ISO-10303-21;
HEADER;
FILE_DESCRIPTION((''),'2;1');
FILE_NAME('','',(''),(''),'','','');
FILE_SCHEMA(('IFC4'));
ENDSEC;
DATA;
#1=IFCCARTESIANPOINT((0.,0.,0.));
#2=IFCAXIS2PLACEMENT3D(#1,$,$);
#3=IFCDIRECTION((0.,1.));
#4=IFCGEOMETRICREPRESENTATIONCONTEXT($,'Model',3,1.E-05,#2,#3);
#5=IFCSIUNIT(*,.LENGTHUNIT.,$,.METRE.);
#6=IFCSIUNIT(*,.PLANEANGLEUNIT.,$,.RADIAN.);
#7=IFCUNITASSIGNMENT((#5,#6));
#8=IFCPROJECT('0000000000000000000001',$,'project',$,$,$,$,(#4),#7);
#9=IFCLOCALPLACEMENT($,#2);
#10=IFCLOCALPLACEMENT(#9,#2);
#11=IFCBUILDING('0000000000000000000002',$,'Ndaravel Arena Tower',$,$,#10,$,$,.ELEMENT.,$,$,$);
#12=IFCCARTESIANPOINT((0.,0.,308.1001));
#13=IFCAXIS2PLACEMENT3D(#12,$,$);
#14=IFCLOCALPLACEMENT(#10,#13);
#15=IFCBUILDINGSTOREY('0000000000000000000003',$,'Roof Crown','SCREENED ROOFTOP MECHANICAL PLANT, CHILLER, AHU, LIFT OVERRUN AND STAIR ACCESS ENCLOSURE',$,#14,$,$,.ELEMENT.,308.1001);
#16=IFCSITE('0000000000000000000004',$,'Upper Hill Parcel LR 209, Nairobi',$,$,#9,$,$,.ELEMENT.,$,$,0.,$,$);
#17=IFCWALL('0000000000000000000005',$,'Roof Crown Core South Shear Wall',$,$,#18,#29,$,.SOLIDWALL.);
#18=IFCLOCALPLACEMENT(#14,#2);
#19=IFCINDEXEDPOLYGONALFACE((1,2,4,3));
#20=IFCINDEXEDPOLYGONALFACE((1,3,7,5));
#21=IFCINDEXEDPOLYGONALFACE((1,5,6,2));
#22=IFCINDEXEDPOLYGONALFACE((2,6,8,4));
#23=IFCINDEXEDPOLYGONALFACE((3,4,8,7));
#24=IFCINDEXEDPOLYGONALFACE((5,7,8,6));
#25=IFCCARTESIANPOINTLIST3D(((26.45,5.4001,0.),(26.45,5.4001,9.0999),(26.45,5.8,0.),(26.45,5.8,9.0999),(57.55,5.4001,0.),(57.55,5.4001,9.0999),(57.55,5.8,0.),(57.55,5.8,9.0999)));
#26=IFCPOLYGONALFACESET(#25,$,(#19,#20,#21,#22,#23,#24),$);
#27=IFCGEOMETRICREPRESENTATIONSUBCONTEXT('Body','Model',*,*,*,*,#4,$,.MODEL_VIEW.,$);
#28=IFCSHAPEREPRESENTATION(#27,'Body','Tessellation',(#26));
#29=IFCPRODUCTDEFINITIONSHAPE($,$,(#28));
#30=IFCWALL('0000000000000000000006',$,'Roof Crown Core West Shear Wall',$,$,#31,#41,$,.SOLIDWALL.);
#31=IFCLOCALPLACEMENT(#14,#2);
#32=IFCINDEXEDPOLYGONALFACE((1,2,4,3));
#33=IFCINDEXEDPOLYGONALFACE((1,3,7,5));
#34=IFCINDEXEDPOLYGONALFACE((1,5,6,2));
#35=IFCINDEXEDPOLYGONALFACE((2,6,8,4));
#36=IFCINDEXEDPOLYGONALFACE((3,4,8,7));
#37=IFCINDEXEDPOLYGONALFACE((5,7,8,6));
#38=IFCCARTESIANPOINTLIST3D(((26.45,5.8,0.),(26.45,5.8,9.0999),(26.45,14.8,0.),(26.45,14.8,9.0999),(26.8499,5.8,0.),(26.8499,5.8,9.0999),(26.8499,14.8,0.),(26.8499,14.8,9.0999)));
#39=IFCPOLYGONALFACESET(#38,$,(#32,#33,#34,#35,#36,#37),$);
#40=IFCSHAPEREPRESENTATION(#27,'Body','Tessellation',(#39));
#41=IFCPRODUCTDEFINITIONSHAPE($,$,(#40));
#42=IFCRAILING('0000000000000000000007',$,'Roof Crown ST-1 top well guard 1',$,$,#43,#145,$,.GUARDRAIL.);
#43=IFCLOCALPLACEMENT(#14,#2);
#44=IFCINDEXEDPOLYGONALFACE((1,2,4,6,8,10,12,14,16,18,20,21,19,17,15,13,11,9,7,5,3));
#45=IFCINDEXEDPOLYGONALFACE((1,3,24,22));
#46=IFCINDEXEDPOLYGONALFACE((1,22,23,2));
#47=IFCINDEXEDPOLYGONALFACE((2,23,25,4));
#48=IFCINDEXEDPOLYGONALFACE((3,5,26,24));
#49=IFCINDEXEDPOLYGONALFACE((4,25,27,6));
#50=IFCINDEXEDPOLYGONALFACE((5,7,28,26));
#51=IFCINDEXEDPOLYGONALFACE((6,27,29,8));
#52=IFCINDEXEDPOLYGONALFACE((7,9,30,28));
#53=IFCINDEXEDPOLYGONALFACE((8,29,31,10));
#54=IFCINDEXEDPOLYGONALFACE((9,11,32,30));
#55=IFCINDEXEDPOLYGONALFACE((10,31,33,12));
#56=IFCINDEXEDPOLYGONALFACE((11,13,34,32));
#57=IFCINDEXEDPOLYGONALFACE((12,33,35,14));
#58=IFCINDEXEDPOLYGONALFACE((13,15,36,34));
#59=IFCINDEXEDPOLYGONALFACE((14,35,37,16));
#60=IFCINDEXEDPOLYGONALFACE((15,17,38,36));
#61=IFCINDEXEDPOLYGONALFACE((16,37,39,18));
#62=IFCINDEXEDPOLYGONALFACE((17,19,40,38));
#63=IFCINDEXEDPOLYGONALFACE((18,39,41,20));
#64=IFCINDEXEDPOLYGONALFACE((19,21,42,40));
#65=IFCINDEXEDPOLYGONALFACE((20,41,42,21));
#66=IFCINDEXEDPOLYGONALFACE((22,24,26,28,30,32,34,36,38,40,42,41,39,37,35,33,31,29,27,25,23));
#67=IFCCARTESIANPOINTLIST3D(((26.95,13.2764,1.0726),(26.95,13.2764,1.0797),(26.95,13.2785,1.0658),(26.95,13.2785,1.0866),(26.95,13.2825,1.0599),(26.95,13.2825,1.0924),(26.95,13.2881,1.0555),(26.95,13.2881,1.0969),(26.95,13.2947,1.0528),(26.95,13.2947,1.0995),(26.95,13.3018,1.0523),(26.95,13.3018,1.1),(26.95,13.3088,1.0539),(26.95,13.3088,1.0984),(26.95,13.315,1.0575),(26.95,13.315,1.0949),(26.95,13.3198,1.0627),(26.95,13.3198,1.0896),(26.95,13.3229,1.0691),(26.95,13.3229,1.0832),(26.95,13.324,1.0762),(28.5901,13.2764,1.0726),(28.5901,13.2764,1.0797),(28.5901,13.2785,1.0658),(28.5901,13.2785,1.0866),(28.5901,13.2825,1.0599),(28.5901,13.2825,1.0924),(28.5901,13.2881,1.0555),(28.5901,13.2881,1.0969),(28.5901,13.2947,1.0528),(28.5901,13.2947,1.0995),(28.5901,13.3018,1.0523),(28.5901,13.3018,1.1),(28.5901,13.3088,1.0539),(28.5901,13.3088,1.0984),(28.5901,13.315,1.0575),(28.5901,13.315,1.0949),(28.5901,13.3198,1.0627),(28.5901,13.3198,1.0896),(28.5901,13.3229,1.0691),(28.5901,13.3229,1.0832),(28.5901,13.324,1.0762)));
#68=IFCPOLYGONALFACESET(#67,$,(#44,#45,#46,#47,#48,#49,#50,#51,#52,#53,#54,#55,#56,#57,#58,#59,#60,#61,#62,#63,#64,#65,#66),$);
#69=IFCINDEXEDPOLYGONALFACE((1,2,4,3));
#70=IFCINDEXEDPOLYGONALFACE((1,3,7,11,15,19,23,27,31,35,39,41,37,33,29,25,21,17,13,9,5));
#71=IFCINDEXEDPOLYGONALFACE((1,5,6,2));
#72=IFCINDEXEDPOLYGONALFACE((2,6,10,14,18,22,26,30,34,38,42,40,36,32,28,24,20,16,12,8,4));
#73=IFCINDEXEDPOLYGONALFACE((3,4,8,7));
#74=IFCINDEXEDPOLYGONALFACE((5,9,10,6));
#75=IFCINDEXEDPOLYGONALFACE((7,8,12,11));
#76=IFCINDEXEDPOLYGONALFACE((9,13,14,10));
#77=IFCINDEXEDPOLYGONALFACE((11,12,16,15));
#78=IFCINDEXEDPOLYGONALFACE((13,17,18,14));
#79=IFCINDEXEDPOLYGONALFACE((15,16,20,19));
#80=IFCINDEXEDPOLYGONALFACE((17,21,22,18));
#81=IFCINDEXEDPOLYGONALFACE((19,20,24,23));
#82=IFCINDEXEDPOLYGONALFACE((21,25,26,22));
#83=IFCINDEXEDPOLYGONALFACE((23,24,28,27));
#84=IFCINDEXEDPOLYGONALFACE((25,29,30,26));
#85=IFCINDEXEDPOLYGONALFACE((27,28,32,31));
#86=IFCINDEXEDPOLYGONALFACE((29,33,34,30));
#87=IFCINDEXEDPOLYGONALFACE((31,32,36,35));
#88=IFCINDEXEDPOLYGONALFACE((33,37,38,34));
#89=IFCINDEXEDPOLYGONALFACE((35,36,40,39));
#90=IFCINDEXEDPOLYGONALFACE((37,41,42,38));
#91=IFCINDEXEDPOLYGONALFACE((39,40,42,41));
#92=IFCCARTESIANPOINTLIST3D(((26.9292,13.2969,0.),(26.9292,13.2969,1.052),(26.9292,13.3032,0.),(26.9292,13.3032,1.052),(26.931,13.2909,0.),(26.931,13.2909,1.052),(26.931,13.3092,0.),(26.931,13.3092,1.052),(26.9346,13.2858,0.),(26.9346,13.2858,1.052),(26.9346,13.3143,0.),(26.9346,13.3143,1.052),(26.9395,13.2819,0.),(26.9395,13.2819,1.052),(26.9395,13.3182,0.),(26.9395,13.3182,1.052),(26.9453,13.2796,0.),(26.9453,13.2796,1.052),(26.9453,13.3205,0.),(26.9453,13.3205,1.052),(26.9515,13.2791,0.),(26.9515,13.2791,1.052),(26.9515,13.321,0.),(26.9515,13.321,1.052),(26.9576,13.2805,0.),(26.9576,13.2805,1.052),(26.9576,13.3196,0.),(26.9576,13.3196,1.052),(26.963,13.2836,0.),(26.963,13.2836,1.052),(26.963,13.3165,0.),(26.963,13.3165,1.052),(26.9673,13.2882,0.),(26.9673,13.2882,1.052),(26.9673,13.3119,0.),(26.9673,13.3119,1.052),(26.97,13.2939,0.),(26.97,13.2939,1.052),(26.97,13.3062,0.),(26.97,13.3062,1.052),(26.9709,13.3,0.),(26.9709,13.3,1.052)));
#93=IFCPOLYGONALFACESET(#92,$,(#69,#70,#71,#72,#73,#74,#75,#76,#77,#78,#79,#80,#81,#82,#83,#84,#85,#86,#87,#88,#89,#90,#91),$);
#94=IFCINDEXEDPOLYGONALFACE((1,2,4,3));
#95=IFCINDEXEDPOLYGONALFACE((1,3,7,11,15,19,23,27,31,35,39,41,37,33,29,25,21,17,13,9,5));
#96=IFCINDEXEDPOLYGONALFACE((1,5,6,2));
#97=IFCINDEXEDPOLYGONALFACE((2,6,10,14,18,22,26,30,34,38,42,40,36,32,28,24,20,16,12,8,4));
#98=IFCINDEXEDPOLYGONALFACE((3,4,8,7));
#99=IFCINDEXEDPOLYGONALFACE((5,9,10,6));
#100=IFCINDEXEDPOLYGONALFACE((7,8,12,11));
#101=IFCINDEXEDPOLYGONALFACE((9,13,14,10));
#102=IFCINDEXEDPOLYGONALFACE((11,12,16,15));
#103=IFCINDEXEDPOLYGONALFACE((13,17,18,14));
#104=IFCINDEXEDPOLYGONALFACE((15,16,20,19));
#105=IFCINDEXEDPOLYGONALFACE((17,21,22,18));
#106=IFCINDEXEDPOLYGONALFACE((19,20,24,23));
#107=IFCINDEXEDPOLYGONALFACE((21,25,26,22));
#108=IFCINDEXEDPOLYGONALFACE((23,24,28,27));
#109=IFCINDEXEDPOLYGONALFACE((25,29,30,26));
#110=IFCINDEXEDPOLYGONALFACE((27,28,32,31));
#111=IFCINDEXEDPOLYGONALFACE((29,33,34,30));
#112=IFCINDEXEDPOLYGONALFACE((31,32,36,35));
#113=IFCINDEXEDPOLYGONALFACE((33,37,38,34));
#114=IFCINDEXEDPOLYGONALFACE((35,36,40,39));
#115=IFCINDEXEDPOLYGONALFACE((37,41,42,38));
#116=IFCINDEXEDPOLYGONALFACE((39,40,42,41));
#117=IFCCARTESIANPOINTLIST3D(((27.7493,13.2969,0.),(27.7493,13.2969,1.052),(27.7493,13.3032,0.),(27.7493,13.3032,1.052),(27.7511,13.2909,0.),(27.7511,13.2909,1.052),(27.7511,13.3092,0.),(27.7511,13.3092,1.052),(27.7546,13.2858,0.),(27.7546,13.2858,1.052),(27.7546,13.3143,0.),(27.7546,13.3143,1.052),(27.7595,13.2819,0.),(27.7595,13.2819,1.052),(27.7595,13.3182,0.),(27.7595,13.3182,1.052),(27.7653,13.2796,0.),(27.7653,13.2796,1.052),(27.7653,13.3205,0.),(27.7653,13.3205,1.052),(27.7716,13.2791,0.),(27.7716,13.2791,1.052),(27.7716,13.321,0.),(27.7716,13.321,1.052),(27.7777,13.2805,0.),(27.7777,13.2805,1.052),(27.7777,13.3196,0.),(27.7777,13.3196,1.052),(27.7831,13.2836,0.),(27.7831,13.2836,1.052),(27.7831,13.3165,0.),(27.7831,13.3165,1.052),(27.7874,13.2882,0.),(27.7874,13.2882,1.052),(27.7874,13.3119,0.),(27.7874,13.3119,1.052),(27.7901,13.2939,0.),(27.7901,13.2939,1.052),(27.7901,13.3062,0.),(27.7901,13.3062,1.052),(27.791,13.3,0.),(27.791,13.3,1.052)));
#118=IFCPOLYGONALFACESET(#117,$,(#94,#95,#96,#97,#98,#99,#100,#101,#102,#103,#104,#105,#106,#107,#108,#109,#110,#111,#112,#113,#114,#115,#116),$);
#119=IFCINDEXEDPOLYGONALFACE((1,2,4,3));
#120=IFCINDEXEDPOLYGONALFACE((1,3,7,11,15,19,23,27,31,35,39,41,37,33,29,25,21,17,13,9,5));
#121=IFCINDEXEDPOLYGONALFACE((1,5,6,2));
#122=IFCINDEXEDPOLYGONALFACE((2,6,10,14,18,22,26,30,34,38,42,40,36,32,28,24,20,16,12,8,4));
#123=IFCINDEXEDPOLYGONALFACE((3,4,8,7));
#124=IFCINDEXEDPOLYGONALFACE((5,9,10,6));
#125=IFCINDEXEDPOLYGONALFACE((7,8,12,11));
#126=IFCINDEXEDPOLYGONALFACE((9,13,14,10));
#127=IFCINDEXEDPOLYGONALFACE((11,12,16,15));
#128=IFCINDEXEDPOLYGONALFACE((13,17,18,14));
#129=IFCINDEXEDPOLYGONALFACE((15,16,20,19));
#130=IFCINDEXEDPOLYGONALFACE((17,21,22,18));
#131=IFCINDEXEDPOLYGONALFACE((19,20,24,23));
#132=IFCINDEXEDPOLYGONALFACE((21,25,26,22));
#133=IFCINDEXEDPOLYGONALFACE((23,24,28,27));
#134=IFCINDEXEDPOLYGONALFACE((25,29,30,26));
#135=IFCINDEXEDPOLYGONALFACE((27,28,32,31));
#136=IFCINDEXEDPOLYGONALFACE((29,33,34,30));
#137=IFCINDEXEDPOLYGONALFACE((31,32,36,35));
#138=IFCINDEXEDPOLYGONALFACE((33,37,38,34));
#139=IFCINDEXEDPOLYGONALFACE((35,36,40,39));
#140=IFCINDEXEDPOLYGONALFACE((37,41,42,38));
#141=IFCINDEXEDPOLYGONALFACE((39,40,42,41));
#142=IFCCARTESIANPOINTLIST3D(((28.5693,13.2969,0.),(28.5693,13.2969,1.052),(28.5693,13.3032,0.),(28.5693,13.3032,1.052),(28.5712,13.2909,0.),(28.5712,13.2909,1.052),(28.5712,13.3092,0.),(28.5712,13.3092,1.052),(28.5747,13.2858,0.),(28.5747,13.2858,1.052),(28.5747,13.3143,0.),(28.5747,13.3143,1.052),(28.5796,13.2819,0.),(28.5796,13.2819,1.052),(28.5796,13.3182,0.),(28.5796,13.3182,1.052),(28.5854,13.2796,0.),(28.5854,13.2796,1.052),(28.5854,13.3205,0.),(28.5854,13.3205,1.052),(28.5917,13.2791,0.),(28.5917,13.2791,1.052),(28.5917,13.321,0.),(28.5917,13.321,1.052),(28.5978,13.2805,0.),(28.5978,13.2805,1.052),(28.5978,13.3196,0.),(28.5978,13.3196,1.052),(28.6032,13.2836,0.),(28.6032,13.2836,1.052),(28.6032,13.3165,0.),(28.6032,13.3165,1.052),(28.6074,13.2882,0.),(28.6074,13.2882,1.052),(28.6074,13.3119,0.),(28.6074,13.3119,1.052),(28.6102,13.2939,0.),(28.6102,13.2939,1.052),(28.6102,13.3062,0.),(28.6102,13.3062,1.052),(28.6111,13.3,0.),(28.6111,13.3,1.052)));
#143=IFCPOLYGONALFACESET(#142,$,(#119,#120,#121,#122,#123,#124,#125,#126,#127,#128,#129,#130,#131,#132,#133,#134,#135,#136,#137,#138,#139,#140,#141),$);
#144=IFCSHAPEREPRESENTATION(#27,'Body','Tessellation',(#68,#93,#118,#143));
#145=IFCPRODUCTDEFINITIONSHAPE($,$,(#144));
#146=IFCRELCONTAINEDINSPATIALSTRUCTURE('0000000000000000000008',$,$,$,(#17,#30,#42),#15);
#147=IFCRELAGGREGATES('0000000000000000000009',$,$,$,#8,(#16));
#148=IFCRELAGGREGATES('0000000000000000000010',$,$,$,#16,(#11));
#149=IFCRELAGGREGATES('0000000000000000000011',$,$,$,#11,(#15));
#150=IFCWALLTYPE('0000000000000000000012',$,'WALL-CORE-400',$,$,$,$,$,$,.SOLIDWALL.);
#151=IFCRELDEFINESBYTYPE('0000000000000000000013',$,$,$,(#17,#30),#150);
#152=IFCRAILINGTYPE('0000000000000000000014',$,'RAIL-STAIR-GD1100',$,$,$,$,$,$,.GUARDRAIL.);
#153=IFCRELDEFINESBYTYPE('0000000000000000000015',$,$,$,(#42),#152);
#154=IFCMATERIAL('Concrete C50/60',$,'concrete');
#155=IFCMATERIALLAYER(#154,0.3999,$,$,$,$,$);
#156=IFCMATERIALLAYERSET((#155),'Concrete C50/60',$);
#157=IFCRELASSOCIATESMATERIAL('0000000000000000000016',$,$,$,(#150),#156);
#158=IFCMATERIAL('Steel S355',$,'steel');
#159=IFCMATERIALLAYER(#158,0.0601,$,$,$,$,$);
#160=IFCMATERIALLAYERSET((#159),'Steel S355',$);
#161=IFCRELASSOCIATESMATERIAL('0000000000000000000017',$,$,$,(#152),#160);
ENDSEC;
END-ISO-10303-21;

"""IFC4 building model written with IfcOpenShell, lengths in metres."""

from ifc_helpers import new_model, si_unit, direction, frame, frame_2d, origin, origin_2d, place, context, subcontext, project, spatial, rectangle, circle, extrude, material, layer, layer_set, type_object, element, save


model = new_model("IFC4")

# Units and contexts
model_context = context("Model", 3, precision=1e-05, world=origin(), true_north=direction((0.0, 1.0)))
body_context = subcontext(model_context, "Body", "Model", "MODEL_VIEW")
ifc_project = project(units=[si_unit("LENGTHUNIT", "METRE"), si_unit("PLANEANGLEUNIT", "RADIAN")], contexts=[model_context])

# Site, building, storey
site_placement = place(None, origin())
site = spatial("IfcSite", under=ifc_project, at=site_placement, Name="Upper Hill Parcel LR 209, Nairobi", CompositionType="ELEMENT", RefElevation=0.0)
building_placement = place(site_placement, origin())
building = spatial("IfcBuilding", under=site, at=building_placement, Name="Ndaravel Arena Tower", CompositionType="ELEMENT")
storey_placement = place(building_placement, frame((0.0, 0.0, 308.1001)))
storey = spatial("IfcBuildingStorey", under=building, at=storey_placement, Name="Roof Crown", Description="SCREENED ROOFTOP MECHANICAL PLANT, CHILLER, AHU, LIFT OVERRUN AND STAIR ACCESS ENCLOSURE", CompositionType="ELEMENT", Elevation=308.1001)

# Shared definitions
ifc_material_1 = material(Name="Concrete C50/60", Category="concrete")
ifc_layer_1 = layer(ifc_material_1, 0.3999)
ifc_layer_set_1 = layer_set([ifc_layer_1], Name="Concrete C50/60")
wall_type_1 = type_object("IfcWallType", Name="WALL-CORE-400", PredefinedType="SOLIDWALL", material=ifc_layer_set_1)

# Walls
wall_1_placement = place(storey_placement, frame((26.45, 5.6001, 0.0), z_axis=(0.0, 0.0, 1.0), x_axis=(1.0, 0.0, 0.0)))
element("IfcWall", 1, at=wall_1_placement, inside=storey, type_object=wall_type_1, Name="Roof Crown Core South Shear Wall", PredefinedType="SOLIDWALL", context=body_context, shape_type="SweptSolid", body=[
    extrude(rectangle(XDim=31.1001, YDim=0.3999, at=frame_2d((15.55, 0.0))), origin(), (0.0, 0.0, 1.0), 9.0999),
])
wall_2_placement = place(storey_placement, frame((26.6499, 5.8, 0.0), z_axis=(0.0, 0.0, 1.0), x_axis=(0.0, 1.0, 0.0)))
element("IfcWall", 2, at=wall_2_placement, inside=storey, type_object=wall_type_1, Name="Roof Crown Core West Shear Wall", PredefinedType="SOLIDWALL", context=body_context, shape_type="SweptSolid", body=[
    extrude(rectangle(XDim=9.0, YDim=0.3999, at=frame_2d((4.5, 0.0))), origin(), (0.0, 0.0, 1.0), 9.0999),
])

# Railing
ifc_material_2 = material(Name="Steel S355", Category="steel")
ifc_layer_2 = layer(ifc_material_2, 0.0601)
ifc_layer_set_2 = layer_set([ifc_layer_2], Name="Steel S355")
railing_type = type_object("IfcRailingType", Name="RAIL-STAIR-GD1100", PredefinedType="GUARDRAIL", material=ifc_layer_set_2)
railing_1_placement = place(storey_placement, frame((26.95, 13.3, 0.0)))
element("IfcRailing", 3, at=railing_1_placement, inside=storey, type_object=railing_type, Name="Roof Crown ST-1 top well guard 1", PredefinedType="GUARDRAIL", context=body_context, shape_type="SweptSolid", body=[
    extrude(circle(Radius=0.0239, at=origin_2d()), frame((0.0, 0.0, 1.0762), z_axis=(1.0, 0.0, 0.0), x_axis=(0.0, 1.0, 0.0)), (0.0, 0.0, 1.0), 1.6401),
    extrude(circle(Radius=0.021, at=origin_2d()), origin(), (0.0, 0.0, 1.0), 1.052),
    extrude(circle(Radius=0.021, at=origin_2d()), frame((0.8201, 0.0, 0.0)), (0.0, 0.0, 1.0), 1.052),
    extrude(circle(Radius=0.021, at=origin_2d()), frame((1.6401, 0.0, 0.0)), (0.0, 0.0, 1.0), 1.052),
])

save(model, "model.ifc")
